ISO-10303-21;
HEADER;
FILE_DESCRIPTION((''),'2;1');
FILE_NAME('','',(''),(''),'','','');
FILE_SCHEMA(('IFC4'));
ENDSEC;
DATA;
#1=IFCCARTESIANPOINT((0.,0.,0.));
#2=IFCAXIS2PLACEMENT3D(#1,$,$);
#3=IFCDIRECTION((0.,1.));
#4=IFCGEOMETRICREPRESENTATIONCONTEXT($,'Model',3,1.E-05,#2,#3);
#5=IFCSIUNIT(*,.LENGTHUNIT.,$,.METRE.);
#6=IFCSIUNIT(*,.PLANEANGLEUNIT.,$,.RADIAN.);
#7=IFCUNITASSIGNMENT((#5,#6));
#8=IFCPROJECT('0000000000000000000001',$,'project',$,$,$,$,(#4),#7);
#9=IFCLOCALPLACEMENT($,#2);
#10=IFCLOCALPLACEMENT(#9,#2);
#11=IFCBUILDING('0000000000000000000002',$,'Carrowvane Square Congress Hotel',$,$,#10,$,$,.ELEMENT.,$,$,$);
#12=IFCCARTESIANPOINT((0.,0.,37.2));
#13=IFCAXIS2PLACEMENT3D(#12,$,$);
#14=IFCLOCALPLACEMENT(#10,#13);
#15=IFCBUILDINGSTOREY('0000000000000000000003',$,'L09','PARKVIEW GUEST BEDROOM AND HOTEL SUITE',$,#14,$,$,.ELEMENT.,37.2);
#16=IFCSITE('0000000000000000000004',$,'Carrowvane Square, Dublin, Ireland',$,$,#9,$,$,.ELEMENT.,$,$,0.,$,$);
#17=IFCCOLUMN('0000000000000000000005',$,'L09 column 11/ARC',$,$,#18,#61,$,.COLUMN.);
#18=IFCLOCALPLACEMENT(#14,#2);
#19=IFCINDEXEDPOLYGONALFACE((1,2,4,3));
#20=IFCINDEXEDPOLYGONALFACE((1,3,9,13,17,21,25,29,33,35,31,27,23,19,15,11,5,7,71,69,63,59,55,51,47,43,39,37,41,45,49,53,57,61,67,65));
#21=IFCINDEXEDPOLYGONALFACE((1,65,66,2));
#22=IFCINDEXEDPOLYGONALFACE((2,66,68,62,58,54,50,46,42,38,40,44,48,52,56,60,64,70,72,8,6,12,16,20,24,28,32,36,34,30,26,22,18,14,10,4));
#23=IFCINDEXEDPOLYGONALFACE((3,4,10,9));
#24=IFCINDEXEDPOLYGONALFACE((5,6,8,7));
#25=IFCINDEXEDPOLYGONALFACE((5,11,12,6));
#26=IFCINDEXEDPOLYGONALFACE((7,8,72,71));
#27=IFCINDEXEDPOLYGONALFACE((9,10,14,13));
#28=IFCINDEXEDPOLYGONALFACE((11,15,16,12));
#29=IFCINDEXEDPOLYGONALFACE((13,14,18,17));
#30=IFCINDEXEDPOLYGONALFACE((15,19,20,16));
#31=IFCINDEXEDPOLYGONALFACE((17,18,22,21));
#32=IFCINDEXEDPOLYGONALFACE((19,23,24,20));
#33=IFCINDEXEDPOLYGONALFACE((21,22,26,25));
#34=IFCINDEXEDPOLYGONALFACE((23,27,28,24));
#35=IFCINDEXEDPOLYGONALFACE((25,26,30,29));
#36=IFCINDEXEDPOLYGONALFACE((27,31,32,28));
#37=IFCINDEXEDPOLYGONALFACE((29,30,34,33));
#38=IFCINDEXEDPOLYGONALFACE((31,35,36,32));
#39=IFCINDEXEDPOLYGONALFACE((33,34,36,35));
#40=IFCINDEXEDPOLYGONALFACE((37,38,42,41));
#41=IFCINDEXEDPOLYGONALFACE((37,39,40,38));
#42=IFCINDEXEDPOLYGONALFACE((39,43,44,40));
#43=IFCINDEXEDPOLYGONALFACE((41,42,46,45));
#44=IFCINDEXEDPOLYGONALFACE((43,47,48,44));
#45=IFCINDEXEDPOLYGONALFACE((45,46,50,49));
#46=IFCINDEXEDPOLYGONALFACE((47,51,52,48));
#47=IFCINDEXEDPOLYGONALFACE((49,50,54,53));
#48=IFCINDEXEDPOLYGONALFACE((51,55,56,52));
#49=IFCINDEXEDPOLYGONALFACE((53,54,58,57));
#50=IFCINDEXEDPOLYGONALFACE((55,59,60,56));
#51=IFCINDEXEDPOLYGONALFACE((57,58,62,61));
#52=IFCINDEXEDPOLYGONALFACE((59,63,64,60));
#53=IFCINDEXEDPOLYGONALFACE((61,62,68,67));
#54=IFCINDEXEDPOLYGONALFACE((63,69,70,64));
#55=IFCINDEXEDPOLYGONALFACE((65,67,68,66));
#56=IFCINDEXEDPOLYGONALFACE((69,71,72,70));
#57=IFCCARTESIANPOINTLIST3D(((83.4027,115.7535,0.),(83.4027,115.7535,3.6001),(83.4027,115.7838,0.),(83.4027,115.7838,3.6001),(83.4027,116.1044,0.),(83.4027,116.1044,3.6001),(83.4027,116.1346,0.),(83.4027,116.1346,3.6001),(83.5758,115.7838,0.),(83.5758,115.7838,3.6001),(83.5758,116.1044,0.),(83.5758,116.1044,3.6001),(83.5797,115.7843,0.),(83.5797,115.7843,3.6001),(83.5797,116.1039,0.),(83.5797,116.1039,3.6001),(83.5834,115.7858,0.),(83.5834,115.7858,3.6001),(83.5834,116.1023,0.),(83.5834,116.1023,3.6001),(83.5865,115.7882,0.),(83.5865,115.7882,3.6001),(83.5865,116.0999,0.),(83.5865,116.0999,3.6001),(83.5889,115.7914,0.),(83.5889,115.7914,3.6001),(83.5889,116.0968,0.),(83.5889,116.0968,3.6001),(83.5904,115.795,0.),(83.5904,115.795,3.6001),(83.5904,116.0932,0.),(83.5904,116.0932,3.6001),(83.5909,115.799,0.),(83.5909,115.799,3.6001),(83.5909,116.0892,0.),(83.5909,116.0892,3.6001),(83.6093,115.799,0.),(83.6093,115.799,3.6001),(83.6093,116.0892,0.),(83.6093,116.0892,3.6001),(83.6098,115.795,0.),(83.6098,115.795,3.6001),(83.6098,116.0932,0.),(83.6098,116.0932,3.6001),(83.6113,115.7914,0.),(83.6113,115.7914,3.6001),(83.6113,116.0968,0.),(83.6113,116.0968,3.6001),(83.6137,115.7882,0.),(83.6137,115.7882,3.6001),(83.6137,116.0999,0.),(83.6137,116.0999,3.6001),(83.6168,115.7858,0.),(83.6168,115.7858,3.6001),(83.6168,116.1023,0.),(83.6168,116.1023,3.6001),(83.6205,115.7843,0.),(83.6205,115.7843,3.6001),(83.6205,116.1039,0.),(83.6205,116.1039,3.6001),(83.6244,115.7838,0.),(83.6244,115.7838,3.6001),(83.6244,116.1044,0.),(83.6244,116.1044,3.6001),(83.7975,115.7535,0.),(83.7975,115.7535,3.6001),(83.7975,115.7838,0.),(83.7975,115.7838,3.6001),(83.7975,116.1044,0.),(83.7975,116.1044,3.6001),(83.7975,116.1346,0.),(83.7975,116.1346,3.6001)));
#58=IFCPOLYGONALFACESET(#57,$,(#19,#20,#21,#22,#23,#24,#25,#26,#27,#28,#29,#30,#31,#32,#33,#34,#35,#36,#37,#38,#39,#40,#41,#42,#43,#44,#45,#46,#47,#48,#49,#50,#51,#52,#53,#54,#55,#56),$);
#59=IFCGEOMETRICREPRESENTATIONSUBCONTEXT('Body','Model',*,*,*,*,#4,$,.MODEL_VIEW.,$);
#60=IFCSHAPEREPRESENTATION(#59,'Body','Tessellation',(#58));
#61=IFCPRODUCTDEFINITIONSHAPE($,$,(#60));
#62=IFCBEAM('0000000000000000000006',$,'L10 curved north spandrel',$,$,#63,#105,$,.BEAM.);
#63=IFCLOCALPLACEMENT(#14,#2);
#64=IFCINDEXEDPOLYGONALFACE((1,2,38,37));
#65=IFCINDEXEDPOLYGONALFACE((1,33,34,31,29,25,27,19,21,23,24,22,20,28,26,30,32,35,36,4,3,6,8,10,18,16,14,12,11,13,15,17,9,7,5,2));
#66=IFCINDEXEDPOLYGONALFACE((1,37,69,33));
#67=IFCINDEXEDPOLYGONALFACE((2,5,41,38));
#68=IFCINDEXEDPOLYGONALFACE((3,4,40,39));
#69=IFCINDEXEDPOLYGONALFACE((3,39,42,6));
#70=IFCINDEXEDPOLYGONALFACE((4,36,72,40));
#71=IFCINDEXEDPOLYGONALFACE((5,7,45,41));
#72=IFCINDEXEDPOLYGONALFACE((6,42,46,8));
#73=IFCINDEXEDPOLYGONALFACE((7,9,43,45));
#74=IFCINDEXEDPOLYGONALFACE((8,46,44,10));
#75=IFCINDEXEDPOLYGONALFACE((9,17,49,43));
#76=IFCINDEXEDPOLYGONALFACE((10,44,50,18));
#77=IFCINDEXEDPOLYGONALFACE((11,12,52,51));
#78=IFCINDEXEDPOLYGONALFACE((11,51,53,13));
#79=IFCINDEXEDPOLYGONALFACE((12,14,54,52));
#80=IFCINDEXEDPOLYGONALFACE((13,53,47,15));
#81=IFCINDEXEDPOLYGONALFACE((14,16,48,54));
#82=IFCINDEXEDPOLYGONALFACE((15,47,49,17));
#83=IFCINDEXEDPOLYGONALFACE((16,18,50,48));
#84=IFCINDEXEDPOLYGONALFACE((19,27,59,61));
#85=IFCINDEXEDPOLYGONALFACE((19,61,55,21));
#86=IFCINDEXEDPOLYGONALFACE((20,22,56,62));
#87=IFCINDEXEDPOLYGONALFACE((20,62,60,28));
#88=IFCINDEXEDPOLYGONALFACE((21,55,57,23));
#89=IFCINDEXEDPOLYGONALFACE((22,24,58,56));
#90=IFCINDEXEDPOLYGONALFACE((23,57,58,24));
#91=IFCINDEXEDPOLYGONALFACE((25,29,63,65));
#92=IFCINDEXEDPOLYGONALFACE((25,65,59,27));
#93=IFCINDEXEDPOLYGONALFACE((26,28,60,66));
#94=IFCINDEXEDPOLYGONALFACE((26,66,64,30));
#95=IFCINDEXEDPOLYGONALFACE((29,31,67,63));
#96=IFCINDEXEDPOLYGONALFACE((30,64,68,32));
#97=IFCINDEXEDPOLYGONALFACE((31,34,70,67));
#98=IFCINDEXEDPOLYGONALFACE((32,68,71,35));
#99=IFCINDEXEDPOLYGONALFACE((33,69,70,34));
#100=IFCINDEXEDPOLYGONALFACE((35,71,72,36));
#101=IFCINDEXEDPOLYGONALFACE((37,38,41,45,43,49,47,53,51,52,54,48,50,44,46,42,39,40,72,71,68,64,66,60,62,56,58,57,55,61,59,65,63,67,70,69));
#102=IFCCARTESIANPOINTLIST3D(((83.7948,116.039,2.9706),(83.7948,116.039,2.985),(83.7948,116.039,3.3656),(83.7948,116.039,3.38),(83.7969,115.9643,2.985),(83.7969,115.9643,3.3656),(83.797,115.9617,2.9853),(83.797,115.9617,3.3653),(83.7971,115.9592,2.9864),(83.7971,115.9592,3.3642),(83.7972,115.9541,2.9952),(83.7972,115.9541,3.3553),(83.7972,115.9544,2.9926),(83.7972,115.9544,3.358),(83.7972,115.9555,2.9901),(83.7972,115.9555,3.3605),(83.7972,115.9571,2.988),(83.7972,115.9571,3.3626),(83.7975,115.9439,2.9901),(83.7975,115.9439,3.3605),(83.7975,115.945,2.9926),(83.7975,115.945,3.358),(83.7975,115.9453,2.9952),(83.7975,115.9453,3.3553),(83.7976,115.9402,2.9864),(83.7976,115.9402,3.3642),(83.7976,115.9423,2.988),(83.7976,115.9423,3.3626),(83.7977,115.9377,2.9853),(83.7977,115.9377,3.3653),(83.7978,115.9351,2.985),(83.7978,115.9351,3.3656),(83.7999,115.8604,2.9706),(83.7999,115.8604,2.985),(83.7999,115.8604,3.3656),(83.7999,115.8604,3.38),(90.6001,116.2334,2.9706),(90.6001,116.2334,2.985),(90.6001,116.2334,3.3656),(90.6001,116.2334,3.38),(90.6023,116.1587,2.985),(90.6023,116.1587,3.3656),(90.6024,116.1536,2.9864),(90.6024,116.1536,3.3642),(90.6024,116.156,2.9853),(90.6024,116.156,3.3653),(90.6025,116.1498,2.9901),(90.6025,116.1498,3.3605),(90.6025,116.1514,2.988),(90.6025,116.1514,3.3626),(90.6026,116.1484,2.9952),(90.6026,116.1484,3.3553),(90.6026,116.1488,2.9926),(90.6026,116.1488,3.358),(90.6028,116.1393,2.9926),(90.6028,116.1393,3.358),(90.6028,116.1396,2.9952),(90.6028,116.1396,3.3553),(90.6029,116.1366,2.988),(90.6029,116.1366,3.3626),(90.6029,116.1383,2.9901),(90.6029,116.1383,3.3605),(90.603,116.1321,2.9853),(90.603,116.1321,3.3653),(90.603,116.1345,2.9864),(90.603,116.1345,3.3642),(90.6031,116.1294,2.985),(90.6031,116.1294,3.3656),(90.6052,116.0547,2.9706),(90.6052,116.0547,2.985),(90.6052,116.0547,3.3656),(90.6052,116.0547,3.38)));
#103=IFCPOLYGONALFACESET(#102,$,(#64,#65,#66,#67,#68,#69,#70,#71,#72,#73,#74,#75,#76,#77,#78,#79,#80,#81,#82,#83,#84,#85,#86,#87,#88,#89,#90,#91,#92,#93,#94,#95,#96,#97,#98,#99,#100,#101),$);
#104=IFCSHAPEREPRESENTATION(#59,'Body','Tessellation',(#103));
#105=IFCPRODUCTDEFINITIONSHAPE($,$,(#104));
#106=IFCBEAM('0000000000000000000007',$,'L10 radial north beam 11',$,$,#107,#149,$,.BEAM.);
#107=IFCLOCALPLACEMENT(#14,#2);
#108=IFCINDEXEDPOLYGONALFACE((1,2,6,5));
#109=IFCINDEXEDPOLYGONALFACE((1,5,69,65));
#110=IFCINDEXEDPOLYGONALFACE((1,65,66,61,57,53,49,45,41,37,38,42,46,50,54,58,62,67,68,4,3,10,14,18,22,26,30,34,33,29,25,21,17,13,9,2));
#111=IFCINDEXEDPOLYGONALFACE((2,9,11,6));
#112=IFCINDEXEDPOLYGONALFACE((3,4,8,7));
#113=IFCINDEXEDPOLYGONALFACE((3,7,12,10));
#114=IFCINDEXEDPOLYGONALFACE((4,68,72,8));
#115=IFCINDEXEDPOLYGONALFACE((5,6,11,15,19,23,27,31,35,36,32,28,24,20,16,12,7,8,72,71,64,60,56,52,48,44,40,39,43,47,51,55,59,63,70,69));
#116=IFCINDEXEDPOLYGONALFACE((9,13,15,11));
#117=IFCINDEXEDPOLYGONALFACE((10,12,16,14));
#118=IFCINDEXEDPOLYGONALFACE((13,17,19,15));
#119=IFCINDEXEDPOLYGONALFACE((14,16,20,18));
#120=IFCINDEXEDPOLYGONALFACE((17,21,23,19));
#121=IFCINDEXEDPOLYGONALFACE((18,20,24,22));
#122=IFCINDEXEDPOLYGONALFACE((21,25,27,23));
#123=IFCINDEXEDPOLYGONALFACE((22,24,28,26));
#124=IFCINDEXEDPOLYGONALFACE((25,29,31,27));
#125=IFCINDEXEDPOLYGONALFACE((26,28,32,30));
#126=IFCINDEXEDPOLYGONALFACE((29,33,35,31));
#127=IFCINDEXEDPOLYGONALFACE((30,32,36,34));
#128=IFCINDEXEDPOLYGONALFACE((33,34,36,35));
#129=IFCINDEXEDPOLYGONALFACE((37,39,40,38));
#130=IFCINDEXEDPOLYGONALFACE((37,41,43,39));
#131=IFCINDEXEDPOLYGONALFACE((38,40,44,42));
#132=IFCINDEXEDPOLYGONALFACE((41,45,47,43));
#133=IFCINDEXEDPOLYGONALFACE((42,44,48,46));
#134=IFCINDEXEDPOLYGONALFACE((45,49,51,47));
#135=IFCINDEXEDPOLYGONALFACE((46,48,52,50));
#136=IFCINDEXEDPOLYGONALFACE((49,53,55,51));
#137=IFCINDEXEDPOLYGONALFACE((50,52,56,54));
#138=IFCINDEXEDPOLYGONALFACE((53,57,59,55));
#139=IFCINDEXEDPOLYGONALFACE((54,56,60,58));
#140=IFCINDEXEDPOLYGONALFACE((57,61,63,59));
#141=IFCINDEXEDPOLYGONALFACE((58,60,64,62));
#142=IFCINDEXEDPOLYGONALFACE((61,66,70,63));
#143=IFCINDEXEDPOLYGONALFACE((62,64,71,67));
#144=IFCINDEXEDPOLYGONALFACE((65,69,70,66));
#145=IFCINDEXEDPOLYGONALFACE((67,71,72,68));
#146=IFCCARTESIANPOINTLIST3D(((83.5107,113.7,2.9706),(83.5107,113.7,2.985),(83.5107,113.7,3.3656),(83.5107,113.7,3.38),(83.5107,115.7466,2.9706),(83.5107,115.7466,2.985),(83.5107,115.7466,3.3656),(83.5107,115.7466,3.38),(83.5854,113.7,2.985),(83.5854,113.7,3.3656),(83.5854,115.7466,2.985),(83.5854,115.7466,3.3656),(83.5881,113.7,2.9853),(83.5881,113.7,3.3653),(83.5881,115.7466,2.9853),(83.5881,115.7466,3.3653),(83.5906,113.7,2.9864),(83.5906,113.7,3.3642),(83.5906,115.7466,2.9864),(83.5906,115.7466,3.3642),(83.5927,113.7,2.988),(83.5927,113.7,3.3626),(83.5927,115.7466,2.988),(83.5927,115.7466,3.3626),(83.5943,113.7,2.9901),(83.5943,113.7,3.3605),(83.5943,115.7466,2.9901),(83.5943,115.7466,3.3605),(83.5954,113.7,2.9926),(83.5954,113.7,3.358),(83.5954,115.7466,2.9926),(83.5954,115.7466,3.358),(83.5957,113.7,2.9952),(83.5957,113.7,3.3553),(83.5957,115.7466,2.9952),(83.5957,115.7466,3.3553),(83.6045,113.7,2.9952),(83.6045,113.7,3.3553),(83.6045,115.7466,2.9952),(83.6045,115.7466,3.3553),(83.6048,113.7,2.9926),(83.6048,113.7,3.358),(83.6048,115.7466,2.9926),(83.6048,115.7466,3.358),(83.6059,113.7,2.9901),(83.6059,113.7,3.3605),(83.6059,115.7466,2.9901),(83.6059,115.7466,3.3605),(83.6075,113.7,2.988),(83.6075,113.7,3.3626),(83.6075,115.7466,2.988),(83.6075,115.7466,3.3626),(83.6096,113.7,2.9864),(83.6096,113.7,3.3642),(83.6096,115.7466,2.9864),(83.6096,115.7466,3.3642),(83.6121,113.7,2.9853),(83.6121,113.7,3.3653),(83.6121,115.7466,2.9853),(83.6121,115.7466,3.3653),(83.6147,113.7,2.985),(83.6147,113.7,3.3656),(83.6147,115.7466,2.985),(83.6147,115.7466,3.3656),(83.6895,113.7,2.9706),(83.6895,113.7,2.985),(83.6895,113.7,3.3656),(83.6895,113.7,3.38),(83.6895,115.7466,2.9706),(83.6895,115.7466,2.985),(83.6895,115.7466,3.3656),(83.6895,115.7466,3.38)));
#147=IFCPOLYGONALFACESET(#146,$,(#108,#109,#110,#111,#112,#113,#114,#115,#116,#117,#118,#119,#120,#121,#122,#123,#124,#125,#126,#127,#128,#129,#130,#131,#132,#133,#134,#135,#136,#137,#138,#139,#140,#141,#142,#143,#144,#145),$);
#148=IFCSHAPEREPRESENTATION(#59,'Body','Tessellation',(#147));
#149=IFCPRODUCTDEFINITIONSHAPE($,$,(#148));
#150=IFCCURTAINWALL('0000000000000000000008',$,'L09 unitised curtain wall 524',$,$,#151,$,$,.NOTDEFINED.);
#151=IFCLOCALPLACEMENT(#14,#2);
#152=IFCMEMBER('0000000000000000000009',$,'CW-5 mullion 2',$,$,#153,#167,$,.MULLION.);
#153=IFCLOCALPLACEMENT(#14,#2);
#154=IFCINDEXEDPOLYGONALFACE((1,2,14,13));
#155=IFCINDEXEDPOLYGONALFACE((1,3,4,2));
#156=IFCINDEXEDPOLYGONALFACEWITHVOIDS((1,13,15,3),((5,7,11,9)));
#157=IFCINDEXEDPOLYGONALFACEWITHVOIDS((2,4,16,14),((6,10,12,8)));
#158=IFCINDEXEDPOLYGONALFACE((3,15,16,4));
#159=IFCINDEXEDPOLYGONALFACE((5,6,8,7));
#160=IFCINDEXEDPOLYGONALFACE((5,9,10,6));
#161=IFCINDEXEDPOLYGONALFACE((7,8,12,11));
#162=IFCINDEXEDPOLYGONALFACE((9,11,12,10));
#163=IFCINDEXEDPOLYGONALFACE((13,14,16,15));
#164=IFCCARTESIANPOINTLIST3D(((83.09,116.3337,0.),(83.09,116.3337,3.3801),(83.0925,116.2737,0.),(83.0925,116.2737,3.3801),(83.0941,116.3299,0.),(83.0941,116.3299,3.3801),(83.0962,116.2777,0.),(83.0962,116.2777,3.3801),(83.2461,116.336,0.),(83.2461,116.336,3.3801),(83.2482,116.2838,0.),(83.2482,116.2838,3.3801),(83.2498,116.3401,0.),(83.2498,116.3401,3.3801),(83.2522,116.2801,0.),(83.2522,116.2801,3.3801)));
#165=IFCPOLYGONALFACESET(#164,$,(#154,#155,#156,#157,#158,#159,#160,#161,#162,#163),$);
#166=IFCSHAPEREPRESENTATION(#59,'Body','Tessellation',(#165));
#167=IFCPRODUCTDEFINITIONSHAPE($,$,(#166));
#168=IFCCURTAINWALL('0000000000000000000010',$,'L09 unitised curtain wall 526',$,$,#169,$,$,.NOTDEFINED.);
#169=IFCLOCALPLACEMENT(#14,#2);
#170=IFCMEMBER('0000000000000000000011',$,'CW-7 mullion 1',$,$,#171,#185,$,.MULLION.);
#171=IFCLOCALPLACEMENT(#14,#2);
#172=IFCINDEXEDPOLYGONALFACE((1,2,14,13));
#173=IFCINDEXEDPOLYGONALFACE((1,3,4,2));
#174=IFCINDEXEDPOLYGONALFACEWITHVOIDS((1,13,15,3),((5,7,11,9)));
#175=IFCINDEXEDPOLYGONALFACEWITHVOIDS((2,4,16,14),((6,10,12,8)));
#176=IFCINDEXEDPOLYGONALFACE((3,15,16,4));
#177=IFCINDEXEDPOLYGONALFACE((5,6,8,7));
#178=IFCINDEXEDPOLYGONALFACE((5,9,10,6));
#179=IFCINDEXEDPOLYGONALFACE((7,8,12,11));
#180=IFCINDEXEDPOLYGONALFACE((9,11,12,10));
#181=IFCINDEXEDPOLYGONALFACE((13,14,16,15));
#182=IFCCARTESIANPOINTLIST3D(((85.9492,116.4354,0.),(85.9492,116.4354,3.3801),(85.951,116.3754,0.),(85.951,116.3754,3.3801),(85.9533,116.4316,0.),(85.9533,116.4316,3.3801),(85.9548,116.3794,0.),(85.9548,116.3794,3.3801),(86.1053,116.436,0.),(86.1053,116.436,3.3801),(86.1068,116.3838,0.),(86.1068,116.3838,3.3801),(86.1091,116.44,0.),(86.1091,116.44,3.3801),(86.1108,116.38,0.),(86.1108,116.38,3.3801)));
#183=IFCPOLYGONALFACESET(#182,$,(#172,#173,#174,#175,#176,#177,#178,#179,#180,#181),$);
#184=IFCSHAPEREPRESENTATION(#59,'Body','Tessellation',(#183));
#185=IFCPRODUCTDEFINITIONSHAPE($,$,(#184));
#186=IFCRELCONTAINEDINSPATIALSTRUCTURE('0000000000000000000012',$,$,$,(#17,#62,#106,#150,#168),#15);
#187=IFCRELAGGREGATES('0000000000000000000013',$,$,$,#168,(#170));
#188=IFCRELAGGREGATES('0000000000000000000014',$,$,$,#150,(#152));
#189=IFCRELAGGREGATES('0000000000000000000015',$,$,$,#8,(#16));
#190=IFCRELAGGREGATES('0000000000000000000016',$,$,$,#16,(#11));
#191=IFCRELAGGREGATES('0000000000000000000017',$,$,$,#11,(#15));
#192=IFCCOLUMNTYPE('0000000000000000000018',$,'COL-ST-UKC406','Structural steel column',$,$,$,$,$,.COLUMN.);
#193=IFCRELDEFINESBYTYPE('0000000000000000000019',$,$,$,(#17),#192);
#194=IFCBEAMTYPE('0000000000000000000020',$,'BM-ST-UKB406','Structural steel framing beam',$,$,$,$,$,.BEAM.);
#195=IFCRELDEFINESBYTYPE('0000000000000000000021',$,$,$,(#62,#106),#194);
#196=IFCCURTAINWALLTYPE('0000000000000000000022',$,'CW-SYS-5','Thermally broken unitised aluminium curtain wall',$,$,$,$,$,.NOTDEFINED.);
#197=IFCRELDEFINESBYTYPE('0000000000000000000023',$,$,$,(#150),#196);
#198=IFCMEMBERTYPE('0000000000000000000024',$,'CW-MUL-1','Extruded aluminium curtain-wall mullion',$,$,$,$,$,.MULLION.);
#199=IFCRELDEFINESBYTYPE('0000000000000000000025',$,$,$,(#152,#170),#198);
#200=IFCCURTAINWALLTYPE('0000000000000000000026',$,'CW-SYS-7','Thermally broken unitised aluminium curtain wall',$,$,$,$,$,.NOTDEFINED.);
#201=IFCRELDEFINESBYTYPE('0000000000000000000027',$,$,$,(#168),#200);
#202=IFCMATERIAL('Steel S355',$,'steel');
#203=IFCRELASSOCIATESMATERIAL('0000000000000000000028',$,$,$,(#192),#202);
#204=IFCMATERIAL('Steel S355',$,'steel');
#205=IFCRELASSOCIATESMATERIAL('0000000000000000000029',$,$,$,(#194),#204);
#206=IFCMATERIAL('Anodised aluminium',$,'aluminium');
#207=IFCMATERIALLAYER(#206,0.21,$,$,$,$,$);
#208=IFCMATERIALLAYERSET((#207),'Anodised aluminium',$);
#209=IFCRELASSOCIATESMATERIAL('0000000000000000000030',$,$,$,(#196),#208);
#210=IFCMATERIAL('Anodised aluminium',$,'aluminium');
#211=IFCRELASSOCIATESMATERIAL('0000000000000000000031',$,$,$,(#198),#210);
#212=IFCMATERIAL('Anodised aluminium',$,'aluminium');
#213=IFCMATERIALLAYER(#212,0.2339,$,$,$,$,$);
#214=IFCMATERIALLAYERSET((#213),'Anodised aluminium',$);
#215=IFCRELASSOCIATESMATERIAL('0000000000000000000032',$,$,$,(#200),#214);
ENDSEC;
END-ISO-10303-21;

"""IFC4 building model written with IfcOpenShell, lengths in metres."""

from ifc_helpers import new_model, si_unit, direction, frame, origin, origin_2d, place, context, subcontext, project, spatial, hollow_rectangle, i_section, extrude, material, layer, layer_set, material_profile, profile_set, type_object, element, aggregate, save


model = new_model("IFC4")

# Units and contexts
model_context = context("Model", 3, precision=1e-05, world=origin(), true_north=direction((0.0, 1.0)))
body_context = subcontext(model_context, "Body", "Model", "MODEL_VIEW")
ifc_project = project(units=[si_unit("LENGTHUNIT", "METRE"), si_unit("PLANEANGLEUNIT", "RADIAN")], contexts=[model_context])

# Site, building, storey
site_placement = place(None, origin())
site = spatial("IfcSite", under=ifc_project, at=site_placement, Name="Carrowvane Square, Dublin, Ireland", CompositionType="ELEMENT", RefElevation=0.0)
building_placement = place(site_placement, origin())
building = spatial("IfcBuilding", under=site, at=building_placement, Name="Carrowvane Square Congress Hotel", CompositionType="ELEMENT")
storey_placement = place(building_placement, frame((0.0, 0.0, 37.2)))
storey = spatial("IfcBuildingStorey", under=building, at=storey_placement, Name="L09", Description="PARKVIEW GUEST BEDROOM AND HOTEL SUITE", CompositionType="ELEMENT", Elevation=37.2)

# Column
ifc_material_1 = material(Name="Steel S355", Category="steel")
ifc_material_profile_1 = material_profile(ifc_material_1, i_section(OverallWidth=0.3948, OverallDepth=0.3811, WebThickness=0.0183, FlangeThickness=0.0303, FilletRadius=0.0151, at=origin_2d()), Name="UKC 356x406x235")
ifc_profile_set_1 = profile_set([ifc_material_profile_1], Name="Steel S355")
column_type = type_object("IfcColumnType", Name="COL-ST-UKC406", Description="Structural steel column", PredefinedType="COLUMN", material=ifc_profile_set_1)
column_placement = place(storey_placement, frame((83.6001, 115.9441, 0.0), z_axis=(0.0, 0.0, 1.0), x_axis=(1.0, 0.0, 0.0)))
element("IfcColumn", 1, at=column_placement, inside=storey, type_object=column_type, Name="L09 column 11/ARC", PredefinedType="COLUMN", context=body_context, shape_type="SweptSolid", body=[
    extrude(i_section(OverallWidth=0.3948, OverallDepth=0.3811, WebThickness=0.0183, FlangeThickness=0.0303, FilletRadius=0.0151, at=origin_2d()), origin(), (0.0, 0.0, 1.0), 3.6001),
])

# Beams
ifc_material_2 = material(Name="Steel S355", Category="steel")
ifc_material_profile_2 = material_profile(ifc_material_2, i_section(OverallWidth=0.1787, OverallDepth=0.4094, WebThickness=0.0088, FlangeThickness=0.0144, FilletRadius=0.0103, at=origin_2d()), Name="UKB 406x178x67")
ifc_profile_set_2 = profile_set([ifc_material_profile_2], Name="Steel S355")
beam_type = type_object("IfcBeamType", Name="BM-ST-UKB406", Description="Structural steel framing beam", PredefinedType="BEAM", material=ifc_profile_set_2)
beam_1_placement = place(storey_placement, frame((83.7974, 115.9497, 3.1753), z_axis=(0.999593, 0.028544, 0.0), x_axis=(-0.028544, 0.999593, 0.0)))
element("IfcBeam", 2, at=beam_1_placement, inside=storey, type_object=beam_type, Name="L10 curved north spandrel", PredefinedType="BEAM", context=body_context, shape_type="SweptSolid", body=[
    extrude(i_section(OverallWidth=0.1787, OverallDepth=0.4094, WebThickness=0.0088, FlangeThickness=0.0144, FilletRadius=0.0103, at=origin_2d()), origin(), (0.0, 0.0, 1.0), 6.8081),
])
beam_2_placement = place(storey_placement, frame((83.6001, 113.7, 3.1753), z_axis=(0.0, 1.0, 0.0), x_axis=(-1.0, 0.0, 0.0)))
element("IfcBeam", 3, at=beam_2_placement, inside=storey, type_object=beam_type, Name="L10 radial north beam 11", PredefinedType="BEAM", context=body_context, shape_type="SweptSolid", body=[
    extrude(i_section(OverallWidth=0.1787, OverallDepth=0.4094, WebThickness=0.0088, FlangeThickness=0.0144, FilletRadius=0.0103, at=origin_2d()), origin(), (0.0, 0.0, 1.0), 2.0466),
])

# Curtain wall, member
ifc_material_3 = material(Name="Anodised aluminium", Category="aluminium")
ifc_layer_1 = layer(ifc_material_3, 0.21)
ifc_layer_set_1 = layer_set([ifc_layer_1], Name="Anodised aluminium")
curtain_wall_type_1 = type_object("IfcCurtainWallType", Name="CW-SYS-5", Description="Thermally broken unitised aluminium curtain wall", PredefinedType="NOTDEFINED", material=ifc_layer_set_1)
curtain_wall_1_placement = place(storey_placement, origin())
curtain_wall_1 = element("IfcCurtainWall", 4, at=curtain_wall_1_placement, inside=storey, type_object=curtain_wall_type_1, Name="L09 unitised curtain wall 524", PredefinedType="NOTDEFINED")
ifc_material_4 = material(Name="Anodised aluminium", Category="aluminium")
ifc_material_profile_3 = material_profile(ifc_material_4, hollow_rectangle(XDim=0.0601, YDim=0.1599, WallThickness=0.0039, at=origin_2d()), Name="CW-ML 60x160x4")
ifc_profile_set_3 = profile_set([ifc_material_profile_3], Name="Anodised aluminium")
member_type_1 = type_object("IfcMemberType", Name="CW-MUL-1", Description="Extruded aluminium curtain-wall mullion", PredefinedType="MULLION", material=ifc_profile_set_3)
member_1_placement = place(storey_placement, frame((83.1711, 116.3069, 0.0), z_axis=(0.0, 0.0, 1.0), x_axis=(-0.040136, 0.999194, 0.0)))
member_1 = element("IfcMember", 5, at=member_1_placement, type_object=member_type_1, Name="CW-5 mullion 2", PredefinedType="MULLION", context=body_context, shape_type="SweptSolid", body=[
    extrude(hollow_rectangle(XDim=0.0601, YDim=0.1599, WallThickness=0.0039, at=origin_2d()), origin(), (0.0, 0.0, 1.0), 3.3801),
])

# Curtain wall, member
ifc_material_5 = material(Name="Anodised aluminium", Category="aluminium")
ifc_layer_2 = layer(ifc_material_5, 0.2339)
ifc_layer_set_2 = layer_set([ifc_layer_2], Name="Anodised aluminium")
curtain_wall_type_2 = type_object("IfcCurtainWallType", Name="CW-SYS-7", Description="Thermally broken unitised aluminium curtain wall", PredefinedType="NOTDEFINED", material=ifc_layer_set_2)
curtain_wall_2_placement = place(storey_placement, origin())
curtain_wall_2 = element("IfcCurtainWall", 6, at=curtain_wall_2_placement, inside=storey, type_object=curtain_wall_type_2, Name="L09 unitised curtain wall 526", PredefinedType="NOTDEFINED")
member_2_placement = place(storey_placement, frame((86.03, 116.4077, 0.0), z_axis=(0.0, 0.0, 1.0), x_axis=(-0.028638, 0.99959, 0.0)))
member_2 = element("IfcMember", 7, at=member_2_placement, type_object=member_type_1, Name="CW-7 mullion 1", PredefinedType="MULLION", context=body_context, shape_type="SweptSolid", body=[
    extrude(hollow_rectangle(XDim=0.0601, YDim=0.1599, WallThickness=0.0039, at=origin_2d()), origin(), (0.0, 0.0, 1.0), 3.3801),
])

aggregate(curtain_wall_2, [member_2])
aggregate(curtain_wall_1, [member_1])

save(model, "model.ifc")
